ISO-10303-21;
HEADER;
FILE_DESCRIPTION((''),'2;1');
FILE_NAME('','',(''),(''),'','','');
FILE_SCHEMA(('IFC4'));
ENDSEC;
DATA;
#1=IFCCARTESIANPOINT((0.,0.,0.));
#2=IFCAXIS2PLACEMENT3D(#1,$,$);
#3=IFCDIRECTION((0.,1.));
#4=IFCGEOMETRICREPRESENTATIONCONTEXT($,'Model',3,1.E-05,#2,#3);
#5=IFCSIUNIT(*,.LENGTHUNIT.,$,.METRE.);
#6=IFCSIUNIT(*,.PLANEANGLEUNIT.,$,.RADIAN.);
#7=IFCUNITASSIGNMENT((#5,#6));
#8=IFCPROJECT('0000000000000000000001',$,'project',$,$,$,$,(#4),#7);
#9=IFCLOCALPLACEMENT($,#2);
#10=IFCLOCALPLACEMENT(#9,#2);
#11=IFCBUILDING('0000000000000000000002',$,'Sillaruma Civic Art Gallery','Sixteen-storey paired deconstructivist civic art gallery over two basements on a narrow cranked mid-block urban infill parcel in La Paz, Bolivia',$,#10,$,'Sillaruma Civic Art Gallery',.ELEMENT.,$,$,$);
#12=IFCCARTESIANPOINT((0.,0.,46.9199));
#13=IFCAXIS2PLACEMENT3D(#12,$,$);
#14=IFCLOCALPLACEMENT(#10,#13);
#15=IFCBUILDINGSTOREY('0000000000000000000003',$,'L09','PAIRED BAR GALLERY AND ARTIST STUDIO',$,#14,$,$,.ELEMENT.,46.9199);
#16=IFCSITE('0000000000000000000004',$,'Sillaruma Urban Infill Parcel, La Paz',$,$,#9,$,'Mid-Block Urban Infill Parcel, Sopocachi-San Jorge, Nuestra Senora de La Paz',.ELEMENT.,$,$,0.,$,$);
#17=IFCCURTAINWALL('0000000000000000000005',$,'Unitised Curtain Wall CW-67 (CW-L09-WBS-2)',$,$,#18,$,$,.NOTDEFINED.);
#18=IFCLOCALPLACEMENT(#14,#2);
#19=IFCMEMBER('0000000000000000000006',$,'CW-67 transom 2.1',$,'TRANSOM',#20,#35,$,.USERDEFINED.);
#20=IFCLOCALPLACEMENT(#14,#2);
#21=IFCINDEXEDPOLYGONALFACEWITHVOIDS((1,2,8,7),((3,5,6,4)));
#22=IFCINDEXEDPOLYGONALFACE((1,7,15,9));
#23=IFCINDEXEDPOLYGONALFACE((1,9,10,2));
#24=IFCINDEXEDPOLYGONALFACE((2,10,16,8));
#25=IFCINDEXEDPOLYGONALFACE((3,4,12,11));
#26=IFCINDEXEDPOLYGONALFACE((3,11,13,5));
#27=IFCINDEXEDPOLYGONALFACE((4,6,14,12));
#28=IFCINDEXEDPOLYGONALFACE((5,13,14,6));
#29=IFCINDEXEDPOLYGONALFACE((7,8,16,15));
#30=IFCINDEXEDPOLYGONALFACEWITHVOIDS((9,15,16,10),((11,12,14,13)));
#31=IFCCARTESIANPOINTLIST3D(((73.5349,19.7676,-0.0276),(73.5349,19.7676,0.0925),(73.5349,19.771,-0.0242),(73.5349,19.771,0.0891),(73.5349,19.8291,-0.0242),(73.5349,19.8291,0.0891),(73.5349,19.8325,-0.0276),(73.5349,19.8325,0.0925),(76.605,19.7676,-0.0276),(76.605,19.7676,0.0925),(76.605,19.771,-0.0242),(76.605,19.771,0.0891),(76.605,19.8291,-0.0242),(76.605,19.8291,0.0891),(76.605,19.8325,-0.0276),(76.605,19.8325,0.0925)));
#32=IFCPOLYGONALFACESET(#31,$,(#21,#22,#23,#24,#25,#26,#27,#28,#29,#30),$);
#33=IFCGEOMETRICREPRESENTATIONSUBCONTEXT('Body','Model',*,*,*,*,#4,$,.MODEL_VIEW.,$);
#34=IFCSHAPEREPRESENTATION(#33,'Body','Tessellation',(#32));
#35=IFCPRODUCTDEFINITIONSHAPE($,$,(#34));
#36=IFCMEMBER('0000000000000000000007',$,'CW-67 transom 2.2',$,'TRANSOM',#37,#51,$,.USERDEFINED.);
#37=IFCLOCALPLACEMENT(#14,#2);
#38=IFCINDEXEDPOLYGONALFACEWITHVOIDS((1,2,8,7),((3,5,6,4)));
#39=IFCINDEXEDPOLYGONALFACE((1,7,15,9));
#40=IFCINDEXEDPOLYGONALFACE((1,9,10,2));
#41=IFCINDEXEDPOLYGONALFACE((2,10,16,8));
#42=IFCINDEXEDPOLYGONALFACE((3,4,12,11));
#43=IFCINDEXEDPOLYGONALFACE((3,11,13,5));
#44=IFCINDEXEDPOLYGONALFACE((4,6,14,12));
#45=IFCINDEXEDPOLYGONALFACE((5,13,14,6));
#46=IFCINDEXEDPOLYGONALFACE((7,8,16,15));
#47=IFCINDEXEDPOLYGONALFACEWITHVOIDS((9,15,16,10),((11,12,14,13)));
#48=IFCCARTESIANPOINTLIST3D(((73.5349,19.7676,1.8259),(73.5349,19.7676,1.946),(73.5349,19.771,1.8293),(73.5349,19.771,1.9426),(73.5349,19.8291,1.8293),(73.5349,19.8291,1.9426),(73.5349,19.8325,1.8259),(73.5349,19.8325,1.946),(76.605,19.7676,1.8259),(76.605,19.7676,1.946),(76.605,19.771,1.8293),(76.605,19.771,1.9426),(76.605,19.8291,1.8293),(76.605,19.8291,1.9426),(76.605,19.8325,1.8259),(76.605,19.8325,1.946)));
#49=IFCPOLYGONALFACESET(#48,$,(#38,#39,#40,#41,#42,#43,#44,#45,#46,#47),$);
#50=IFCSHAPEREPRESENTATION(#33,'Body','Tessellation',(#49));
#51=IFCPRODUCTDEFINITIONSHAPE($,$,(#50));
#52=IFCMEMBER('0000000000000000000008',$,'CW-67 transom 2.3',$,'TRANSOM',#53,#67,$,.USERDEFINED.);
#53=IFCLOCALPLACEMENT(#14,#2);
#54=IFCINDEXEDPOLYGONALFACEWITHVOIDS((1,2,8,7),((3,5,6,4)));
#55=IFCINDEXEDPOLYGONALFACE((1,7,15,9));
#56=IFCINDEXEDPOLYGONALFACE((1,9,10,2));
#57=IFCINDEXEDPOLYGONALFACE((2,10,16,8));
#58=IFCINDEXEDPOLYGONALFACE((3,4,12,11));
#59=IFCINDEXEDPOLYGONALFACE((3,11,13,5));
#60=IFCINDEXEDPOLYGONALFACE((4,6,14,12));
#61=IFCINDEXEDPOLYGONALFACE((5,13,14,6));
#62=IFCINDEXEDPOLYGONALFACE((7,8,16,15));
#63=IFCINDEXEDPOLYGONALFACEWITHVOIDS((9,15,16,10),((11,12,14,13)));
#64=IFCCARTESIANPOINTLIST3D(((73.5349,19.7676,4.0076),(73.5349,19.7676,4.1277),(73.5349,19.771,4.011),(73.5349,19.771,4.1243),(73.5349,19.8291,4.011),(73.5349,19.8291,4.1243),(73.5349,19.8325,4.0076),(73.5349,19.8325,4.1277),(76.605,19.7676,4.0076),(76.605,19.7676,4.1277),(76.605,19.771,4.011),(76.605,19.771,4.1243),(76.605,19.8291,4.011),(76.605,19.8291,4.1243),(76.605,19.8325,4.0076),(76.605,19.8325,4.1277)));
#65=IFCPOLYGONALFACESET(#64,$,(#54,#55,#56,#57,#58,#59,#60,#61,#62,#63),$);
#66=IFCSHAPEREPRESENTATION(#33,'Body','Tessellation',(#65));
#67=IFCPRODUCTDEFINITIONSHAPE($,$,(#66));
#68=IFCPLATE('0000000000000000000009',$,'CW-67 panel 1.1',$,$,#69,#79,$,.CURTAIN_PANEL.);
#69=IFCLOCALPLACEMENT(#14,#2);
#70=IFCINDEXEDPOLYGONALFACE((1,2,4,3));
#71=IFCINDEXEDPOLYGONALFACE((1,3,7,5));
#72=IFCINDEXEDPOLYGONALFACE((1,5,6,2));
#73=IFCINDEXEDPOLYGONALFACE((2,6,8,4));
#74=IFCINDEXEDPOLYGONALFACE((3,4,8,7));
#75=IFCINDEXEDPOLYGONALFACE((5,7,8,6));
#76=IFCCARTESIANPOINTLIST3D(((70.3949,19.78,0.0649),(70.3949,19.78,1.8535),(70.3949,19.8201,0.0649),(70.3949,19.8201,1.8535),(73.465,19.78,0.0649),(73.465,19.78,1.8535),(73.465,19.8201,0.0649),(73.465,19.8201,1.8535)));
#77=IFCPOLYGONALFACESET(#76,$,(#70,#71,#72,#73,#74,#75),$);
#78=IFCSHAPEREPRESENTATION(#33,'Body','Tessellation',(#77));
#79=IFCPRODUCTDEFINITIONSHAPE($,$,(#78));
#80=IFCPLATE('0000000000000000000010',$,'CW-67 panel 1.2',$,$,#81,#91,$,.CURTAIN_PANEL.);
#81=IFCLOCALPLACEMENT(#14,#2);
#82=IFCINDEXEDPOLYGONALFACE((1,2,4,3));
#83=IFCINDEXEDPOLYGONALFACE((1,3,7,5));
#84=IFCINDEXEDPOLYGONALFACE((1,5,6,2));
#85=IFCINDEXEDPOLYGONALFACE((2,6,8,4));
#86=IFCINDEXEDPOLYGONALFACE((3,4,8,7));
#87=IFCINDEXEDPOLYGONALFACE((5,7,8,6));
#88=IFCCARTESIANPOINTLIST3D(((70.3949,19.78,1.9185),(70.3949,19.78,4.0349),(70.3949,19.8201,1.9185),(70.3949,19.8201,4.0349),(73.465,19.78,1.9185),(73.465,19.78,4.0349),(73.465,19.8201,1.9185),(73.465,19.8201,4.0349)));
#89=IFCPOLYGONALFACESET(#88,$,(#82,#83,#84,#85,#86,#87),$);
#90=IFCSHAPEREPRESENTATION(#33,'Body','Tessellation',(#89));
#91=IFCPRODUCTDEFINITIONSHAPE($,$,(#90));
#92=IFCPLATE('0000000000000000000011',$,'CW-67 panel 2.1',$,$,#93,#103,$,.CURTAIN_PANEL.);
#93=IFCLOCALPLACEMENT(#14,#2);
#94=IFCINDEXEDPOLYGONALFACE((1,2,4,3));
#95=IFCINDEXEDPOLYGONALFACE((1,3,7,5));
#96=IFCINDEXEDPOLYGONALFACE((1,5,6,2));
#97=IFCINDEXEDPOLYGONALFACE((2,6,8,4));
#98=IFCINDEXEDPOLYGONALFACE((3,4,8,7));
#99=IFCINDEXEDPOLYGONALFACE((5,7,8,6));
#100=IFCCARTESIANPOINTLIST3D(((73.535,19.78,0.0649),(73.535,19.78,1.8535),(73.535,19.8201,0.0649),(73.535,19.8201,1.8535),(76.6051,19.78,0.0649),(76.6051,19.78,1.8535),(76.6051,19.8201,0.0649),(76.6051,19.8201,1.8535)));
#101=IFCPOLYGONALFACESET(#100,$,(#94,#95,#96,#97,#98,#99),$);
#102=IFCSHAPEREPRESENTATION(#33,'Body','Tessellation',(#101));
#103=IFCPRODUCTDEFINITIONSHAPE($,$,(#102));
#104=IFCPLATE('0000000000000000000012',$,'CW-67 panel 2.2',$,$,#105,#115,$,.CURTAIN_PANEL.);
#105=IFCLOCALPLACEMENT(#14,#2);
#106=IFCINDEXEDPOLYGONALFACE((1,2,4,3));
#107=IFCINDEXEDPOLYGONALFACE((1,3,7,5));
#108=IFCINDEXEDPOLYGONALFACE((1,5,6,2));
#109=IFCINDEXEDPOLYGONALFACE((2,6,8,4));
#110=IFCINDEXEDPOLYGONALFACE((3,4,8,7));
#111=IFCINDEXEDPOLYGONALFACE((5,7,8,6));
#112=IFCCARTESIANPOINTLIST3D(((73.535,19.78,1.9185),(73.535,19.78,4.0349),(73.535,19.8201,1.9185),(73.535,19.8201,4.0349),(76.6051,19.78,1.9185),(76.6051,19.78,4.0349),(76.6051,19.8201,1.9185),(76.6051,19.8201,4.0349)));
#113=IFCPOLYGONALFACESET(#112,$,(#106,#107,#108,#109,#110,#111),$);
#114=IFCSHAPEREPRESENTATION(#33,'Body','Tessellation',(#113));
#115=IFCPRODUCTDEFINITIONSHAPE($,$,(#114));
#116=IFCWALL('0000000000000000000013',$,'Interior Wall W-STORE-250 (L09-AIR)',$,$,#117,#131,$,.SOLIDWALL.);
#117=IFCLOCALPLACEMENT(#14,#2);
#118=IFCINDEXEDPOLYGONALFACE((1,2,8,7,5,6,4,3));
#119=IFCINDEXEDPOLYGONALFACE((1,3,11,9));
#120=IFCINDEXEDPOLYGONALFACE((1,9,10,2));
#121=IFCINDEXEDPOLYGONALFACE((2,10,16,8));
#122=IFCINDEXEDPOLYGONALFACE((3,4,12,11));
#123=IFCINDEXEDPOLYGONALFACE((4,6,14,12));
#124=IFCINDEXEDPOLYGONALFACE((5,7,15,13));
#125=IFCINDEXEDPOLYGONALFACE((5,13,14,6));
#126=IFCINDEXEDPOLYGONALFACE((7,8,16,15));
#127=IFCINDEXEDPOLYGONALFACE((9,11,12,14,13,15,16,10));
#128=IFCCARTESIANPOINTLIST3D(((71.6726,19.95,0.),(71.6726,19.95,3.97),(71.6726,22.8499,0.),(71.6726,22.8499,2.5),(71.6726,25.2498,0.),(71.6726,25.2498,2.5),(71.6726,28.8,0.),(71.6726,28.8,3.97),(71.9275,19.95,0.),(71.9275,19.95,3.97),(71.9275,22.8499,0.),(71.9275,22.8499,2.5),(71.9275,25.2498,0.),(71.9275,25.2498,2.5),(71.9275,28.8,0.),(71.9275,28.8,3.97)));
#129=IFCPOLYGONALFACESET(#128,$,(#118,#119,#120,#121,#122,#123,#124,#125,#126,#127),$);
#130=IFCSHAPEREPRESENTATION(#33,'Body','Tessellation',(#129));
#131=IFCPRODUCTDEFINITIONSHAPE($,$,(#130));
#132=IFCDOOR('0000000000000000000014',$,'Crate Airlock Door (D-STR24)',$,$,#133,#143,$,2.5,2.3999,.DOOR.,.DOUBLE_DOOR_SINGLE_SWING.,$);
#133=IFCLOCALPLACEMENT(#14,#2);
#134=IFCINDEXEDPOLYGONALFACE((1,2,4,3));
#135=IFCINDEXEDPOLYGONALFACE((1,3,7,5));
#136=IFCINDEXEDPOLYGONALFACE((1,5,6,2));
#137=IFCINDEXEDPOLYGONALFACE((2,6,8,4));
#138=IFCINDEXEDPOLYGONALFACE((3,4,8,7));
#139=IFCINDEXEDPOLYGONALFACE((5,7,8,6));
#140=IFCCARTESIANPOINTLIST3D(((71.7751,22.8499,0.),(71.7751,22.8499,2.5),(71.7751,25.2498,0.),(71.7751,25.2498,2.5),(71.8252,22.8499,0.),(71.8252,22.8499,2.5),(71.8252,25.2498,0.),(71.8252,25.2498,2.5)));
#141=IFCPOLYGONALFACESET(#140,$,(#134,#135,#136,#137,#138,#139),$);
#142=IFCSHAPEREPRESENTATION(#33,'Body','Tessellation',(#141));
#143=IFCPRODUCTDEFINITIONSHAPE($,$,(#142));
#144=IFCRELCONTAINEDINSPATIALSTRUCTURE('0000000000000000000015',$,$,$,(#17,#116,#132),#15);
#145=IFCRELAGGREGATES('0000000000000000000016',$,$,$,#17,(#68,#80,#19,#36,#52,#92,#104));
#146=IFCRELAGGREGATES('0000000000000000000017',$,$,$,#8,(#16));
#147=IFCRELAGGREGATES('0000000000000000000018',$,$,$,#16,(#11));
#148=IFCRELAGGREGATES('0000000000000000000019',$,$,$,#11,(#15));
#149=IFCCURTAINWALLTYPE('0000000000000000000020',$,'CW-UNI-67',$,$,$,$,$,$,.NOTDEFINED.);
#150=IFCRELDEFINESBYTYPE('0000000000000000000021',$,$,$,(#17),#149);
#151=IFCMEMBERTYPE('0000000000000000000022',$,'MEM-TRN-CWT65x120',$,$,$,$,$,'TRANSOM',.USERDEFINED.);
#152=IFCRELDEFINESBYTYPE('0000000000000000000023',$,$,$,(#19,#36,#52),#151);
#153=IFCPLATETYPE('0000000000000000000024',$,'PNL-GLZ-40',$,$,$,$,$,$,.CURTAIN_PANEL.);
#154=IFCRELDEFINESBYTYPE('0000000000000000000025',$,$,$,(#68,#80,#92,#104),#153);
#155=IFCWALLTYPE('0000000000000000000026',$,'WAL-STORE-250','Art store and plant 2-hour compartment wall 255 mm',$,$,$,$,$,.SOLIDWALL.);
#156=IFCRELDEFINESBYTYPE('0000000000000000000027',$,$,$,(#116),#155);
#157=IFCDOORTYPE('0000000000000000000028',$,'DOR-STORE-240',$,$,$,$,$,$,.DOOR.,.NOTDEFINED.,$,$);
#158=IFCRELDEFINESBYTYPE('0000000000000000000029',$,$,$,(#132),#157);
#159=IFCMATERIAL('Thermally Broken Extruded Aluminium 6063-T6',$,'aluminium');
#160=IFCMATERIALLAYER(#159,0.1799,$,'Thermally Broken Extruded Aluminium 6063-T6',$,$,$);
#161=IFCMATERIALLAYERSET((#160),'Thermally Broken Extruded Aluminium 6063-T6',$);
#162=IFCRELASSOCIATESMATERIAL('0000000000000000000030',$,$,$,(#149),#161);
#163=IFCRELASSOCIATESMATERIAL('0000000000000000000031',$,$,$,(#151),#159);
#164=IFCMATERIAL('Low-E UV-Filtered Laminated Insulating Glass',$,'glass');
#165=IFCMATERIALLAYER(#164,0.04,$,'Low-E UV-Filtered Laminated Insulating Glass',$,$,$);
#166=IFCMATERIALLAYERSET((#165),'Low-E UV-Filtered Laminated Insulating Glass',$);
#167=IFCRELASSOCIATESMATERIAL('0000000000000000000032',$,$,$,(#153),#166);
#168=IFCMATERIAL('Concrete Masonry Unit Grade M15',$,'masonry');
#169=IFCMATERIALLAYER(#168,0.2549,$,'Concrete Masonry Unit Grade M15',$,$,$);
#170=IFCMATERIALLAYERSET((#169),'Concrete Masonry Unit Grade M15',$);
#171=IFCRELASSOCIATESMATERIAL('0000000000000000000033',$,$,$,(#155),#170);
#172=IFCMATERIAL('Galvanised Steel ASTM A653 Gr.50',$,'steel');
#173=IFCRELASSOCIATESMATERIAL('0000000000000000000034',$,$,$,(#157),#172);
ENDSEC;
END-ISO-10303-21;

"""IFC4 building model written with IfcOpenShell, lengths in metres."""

from ifc_helpers import new_model, si_unit, direction, frame, frame_2d, origin, origin_2d, place, context, subcontext, project, spatial, rectangle, hollow_rectangle, extrude, material, layer, layer_set, material_profile, profile_set, type_object, element, fill, aggregate, save


model = new_model("IFC4")

# Units and contexts
model_context = context("Model", 3, precision=1e-05, world=origin(), true_north=direction((0.0, 1.0)))
body_context = subcontext(model_context, "Body", "Model", "MODEL_VIEW")
ifc_project = project(units=[si_unit("LENGTHUNIT", "METRE"), si_unit("PLANEANGLEUNIT", "RADIAN")], contexts=[model_context])

# Site, building, storey
site_placement = place(None, origin())
site = spatial("IfcSite", under=ifc_project, at=site_placement, Name="Sillaruma Urban Infill Parcel, La Paz", LongName="Mid-Block Urban Infill Parcel, Sopocachi-San Jorge, Nuestra Senora de La Paz", CompositionType="ELEMENT", RefElevation=0.0)
building_placement = place(site_placement, origin())
building = spatial("IfcBuilding", under=site, at=building_placement, Name="Sillaruma Civic Art Gallery", Description="Sixteen-storey paired deconstructivist civic art gallery over two basements on a narrow cranked mid-block urban infill parcel in La Paz, Bolivia", LongName="Sillaruma Civic Art Gallery", CompositionType="ELEMENT")
storey_placement = place(building_placement, frame((0.0, 0.0, 46.9199)))
storey = spatial("IfcBuildingStorey", under=building, at=storey_placement, Name="L09", Description="PAIRED BAR GALLERY AND ARTIST STUDIO", CompositionType="ELEMENT", Elevation=46.9199)

# Curtain wall, members, plates
ifc_material_1 = material(Name="Thermally Broken Extruded Aluminium 6063-T6", Category="aluminium")
ifc_layer_1 = layer(ifc_material_1, 0.1799, Name="Thermally Broken Extruded Aluminium 6063-T6")
ifc_layer_set_1 = layer_set([ifc_layer_1], Name="Thermally Broken Extruded Aluminium 6063-T6")
curtain_wall_type = type_object("IfcCurtainWallType", Name="CW-UNI-67", PredefinedType="NOTDEFINED", material=ifc_layer_set_1)
curtain_wall_placement = place(storey_placement, origin())
curtain_wall = element("IfcCurtainWall", 1, at=curtain_wall_placement, inside=storey, type_object=curtain_wall_type, Name="Unitised Curtain Wall CW-67 (CW-L09-WBS-2)", PredefinedType="NOTDEFINED")
ifc_material_profile_1 = material_profile(ifc_material_1, hollow_rectangle(XDim=0.0649, YDim=0.1201, WallThickness=0.0034, at=origin_2d()), Name="CWT65x120")
ifc_profile_set_1 = profile_set([ifc_material_profile_1], Name="Thermally Broken Extruded Aluminium 6063-T6")
member_type_1 = type_object("IfcMemberType", Name="MEM-TRN-CWT65x120", ElementType="TRANSOM", PredefinedType="USERDEFINED", material=ifc_profile_set_1)
member_1_placement = place(storey_placement, frame((73.5349, 19.8, 0.0325), z_axis=(1.0, 0.0, 0.0), x_axis=(0.0, 1.0, 0.0)))
member_1 = element("IfcMember", 2, at=member_1_placement, type_object=member_type_1, Name="CW-67 transom 2.1", ObjectType="TRANSOM", PredefinedType="USERDEFINED", context=body_context, shape_type="SweptSolid", body=[
    extrude(hollow_rectangle(XDim=0.0649, YDim=0.1201, WallThickness=0.0034, at=origin_2d()), origin(), (0.0, 0.0, 1.0), 3.0701),
])
member_2_placement = place(storey_placement, frame((73.5349, 19.8, 1.886), z_axis=(1.0, 0.0, 0.0), x_axis=(0.0, 1.0, 0.0)))
member_2 = element("IfcMember", 3, at=member_2_placement, type_object=member_type_1, Name="CW-67 transom 2.2", ObjectType="TRANSOM", PredefinedType="USERDEFINED", context=body_context, shape_type="SweptSolid", body=[
    extrude(hollow_rectangle(XDim=0.0649, YDim=0.1201, WallThickness=0.0034, at=origin_2d()), origin(), (0.0, 0.0, 1.0), 3.0701),
])
member_3_placement = place(storey_placement, frame((73.5349, 19.8, 4.0676), z_axis=(1.0, 0.0, 0.0), x_axis=(0.0, 1.0, 0.0)))
member_3 = element("IfcMember", 4, at=member_3_placement, type_object=member_type_1, Name="CW-67 transom 2.3", ObjectType="TRANSOM", PredefinedType="USERDEFINED", context=body_context, shape_type="SweptSolid", body=[
    extrude(hollow_rectangle(XDim=0.0649, YDim=0.1201, WallThickness=0.0034, at=origin_2d()), origin(), (0.0, 0.0, 1.0), 3.0701),
])
ifc_material_2 = material(Name="Low-E UV-Filtered Laminated Insulating Glass", Category="glass")
ifc_layer_2 = layer(ifc_material_2, 0.04, Name="Low-E UV-Filtered Laminated Insulating Glass")
ifc_layer_set_2 = layer_set([ifc_layer_2], Name="Low-E UV-Filtered Laminated Insulating Glass")
plate_type = type_object("IfcPlateType", Name="PNL-GLZ-40", PredefinedType="CURTAIN_PANEL", material=ifc_layer_set_2)
plate_1_placement = place(storey_placement, frame((71.9299, 19.8, 0.0649), z_axis=(0.0, 0.0, 1.0), x_axis=(1.0, 0.0, 0.0)))
plate_1 = element("IfcPlate", 5, at=plate_1_placement, type_object=plate_type, Name="CW-67 panel 1.1", PredefinedType="CURTAIN_PANEL", context=body_context, shape_type="SweptSolid", body=[
    extrude(rectangle(XDim=3.0701, YDim=0.04, at=origin_2d()), origin(), (0.0, 0.0, 1.0), 1.7886),
])
plate_2_placement = place(storey_placement, frame((71.9299, 19.8, 1.9185), z_axis=(0.0, 0.0, 1.0), x_axis=(1.0, 0.0, 0.0)))
plate_2 = element("IfcPlate", 6, at=plate_2_placement, type_object=plate_type, Name="CW-67 panel 1.2", PredefinedType="CURTAIN_PANEL", context=body_context, shape_type="SweptSolid", body=[
    extrude(rectangle(XDim=3.0701, YDim=0.04, at=origin_2d()), origin(), (0.0, 0.0, 1.0), 2.1165),
])
plate_3_placement = place(storey_placement, frame((75.0701, 19.8, 0.0649), z_axis=(0.0, 0.0, 1.0), x_axis=(1.0, 0.0, 0.0)))
plate_3 = element("IfcPlate", 7, at=plate_3_placement, type_object=plate_type, Name="CW-67 panel 2.1", PredefinedType="CURTAIN_PANEL", context=body_context, shape_type="SweptSolid", body=[
    extrude(rectangle(XDim=3.0701, YDim=0.04, at=origin_2d()), origin(), (0.0, 0.0, 1.0), 1.7886),
])
plate_4_placement = place(storey_placement, frame((75.0701, 19.8, 1.9185), z_axis=(0.0, 0.0, 1.0), x_axis=(1.0, 0.0, 0.0)))
plate_4 = element("IfcPlate", 8, at=plate_4_placement, type_object=plate_type, Name="CW-67 panel 2.2", PredefinedType="CURTAIN_PANEL", context=body_context, shape_type="SweptSolid", body=[
    extrude(rectangle(XDim=3.0701, YDim=0.04, at=origin_2d()), origin(), (0.0, 0.0, 1.0), 2.1165),
])
aggregate(curtain_wall, [plate_1, plate_2, member_1, member_2, member_3, plate_3, plate_4])

# Wall, opening, door
ifc_material_3 = material(Name="Concrete Masonry Unit Grade M15", Category="masonry")
ifc_layer_3 = layer(ifc_material_3, 0.2549, Name="Concrete Masonry Unit Grade M15")
ifc_layer_set_3 = layer_set([ifc_layer_3], Name="Concrete Masonry Unit Grade M15")
wall_type = type_object("IfcWallType", Name="WAL-STORE-250", Description="Art store and plant 2-hour compartment wall 255 mm", PredefinedType="SOLIDWALL", material=ifc_layer_set_3)
wall_placement = place(storey_placement, frame((71.8, 19.95, 0.0), z_axis=(0.0, 0.0, 1.0), x_axis=(0.0, 1.0, 0.0)))
wall = element("IfcWall", 9, at=wall_placement, inside=storey, type_object=wall_type, Name="Interior Wall W-STORE-250 (L09-AIR)", PredefinedType="SOLIDWALL", context=body_context, shape_type="SweptSolid", body=[
    extrude(rectangle(XDim=8.8501, YDim=0.2549, at=frame_2d((4.425, 0.0))), origin(), (0.0, 0.0, 1.0), 3.97),
])
opening_placement = place(wall_placement, frame((2.8999, 0.0, 0.0)))
opening = element("IfcOpeningElement", 10, at=opening_placement, cuts=wall, PredefinedType="OPENING", context=body_context, shape_type="SweptSolid", body=[
    extrude(rectangle(XDim=2.3999, YDim=2.5, at=frame_2d((1.2, 1.25))), frame((0.0, 0.1375, 0.0), z_axis=(0.0, -1.0, 0.0), x_axis=(1.0, 0.0, 0.0)), (0.0, 0.0, 1.0), 0.2749),
])
ifc_material_4 = material(Name="Galvanised Steel ASTM A653 Gr.50", Category="steel")
door_type = type_object("IfcDoorType", Name="DOR-STORE-240", OperationType="NOTDEFINED", PredefinedType="DOOR", material=ifc_material_4)
door_placement = place(opening_placement, origin())
door = element("IfcDoor", 11, at=door_placement, inside=storey, type_object=door_type, Name="Crate Airlock Door (D-STR24)", OperationType="DOUBLE_DOOR_SINGLE_SWING", OverallHeight=2.5, OverallWidth=2.3999, PredefinedType="DOOR", context=body_context, shape_type="SweptSolid", body=[
    extrude(rectangle(XDim=2.3999, YDim=2.5, at=frame_2d((1.2, 1.25))), frame((0.0, 0.0249, 0.0), z_axis=(0.0, -1.0, 0.0), x_axis=(1.0, 0.0, 0.0)), (0.0, 0.0, 1.0), 0.05),
])
fill(opening, door)

save(model, "model.ifc")
